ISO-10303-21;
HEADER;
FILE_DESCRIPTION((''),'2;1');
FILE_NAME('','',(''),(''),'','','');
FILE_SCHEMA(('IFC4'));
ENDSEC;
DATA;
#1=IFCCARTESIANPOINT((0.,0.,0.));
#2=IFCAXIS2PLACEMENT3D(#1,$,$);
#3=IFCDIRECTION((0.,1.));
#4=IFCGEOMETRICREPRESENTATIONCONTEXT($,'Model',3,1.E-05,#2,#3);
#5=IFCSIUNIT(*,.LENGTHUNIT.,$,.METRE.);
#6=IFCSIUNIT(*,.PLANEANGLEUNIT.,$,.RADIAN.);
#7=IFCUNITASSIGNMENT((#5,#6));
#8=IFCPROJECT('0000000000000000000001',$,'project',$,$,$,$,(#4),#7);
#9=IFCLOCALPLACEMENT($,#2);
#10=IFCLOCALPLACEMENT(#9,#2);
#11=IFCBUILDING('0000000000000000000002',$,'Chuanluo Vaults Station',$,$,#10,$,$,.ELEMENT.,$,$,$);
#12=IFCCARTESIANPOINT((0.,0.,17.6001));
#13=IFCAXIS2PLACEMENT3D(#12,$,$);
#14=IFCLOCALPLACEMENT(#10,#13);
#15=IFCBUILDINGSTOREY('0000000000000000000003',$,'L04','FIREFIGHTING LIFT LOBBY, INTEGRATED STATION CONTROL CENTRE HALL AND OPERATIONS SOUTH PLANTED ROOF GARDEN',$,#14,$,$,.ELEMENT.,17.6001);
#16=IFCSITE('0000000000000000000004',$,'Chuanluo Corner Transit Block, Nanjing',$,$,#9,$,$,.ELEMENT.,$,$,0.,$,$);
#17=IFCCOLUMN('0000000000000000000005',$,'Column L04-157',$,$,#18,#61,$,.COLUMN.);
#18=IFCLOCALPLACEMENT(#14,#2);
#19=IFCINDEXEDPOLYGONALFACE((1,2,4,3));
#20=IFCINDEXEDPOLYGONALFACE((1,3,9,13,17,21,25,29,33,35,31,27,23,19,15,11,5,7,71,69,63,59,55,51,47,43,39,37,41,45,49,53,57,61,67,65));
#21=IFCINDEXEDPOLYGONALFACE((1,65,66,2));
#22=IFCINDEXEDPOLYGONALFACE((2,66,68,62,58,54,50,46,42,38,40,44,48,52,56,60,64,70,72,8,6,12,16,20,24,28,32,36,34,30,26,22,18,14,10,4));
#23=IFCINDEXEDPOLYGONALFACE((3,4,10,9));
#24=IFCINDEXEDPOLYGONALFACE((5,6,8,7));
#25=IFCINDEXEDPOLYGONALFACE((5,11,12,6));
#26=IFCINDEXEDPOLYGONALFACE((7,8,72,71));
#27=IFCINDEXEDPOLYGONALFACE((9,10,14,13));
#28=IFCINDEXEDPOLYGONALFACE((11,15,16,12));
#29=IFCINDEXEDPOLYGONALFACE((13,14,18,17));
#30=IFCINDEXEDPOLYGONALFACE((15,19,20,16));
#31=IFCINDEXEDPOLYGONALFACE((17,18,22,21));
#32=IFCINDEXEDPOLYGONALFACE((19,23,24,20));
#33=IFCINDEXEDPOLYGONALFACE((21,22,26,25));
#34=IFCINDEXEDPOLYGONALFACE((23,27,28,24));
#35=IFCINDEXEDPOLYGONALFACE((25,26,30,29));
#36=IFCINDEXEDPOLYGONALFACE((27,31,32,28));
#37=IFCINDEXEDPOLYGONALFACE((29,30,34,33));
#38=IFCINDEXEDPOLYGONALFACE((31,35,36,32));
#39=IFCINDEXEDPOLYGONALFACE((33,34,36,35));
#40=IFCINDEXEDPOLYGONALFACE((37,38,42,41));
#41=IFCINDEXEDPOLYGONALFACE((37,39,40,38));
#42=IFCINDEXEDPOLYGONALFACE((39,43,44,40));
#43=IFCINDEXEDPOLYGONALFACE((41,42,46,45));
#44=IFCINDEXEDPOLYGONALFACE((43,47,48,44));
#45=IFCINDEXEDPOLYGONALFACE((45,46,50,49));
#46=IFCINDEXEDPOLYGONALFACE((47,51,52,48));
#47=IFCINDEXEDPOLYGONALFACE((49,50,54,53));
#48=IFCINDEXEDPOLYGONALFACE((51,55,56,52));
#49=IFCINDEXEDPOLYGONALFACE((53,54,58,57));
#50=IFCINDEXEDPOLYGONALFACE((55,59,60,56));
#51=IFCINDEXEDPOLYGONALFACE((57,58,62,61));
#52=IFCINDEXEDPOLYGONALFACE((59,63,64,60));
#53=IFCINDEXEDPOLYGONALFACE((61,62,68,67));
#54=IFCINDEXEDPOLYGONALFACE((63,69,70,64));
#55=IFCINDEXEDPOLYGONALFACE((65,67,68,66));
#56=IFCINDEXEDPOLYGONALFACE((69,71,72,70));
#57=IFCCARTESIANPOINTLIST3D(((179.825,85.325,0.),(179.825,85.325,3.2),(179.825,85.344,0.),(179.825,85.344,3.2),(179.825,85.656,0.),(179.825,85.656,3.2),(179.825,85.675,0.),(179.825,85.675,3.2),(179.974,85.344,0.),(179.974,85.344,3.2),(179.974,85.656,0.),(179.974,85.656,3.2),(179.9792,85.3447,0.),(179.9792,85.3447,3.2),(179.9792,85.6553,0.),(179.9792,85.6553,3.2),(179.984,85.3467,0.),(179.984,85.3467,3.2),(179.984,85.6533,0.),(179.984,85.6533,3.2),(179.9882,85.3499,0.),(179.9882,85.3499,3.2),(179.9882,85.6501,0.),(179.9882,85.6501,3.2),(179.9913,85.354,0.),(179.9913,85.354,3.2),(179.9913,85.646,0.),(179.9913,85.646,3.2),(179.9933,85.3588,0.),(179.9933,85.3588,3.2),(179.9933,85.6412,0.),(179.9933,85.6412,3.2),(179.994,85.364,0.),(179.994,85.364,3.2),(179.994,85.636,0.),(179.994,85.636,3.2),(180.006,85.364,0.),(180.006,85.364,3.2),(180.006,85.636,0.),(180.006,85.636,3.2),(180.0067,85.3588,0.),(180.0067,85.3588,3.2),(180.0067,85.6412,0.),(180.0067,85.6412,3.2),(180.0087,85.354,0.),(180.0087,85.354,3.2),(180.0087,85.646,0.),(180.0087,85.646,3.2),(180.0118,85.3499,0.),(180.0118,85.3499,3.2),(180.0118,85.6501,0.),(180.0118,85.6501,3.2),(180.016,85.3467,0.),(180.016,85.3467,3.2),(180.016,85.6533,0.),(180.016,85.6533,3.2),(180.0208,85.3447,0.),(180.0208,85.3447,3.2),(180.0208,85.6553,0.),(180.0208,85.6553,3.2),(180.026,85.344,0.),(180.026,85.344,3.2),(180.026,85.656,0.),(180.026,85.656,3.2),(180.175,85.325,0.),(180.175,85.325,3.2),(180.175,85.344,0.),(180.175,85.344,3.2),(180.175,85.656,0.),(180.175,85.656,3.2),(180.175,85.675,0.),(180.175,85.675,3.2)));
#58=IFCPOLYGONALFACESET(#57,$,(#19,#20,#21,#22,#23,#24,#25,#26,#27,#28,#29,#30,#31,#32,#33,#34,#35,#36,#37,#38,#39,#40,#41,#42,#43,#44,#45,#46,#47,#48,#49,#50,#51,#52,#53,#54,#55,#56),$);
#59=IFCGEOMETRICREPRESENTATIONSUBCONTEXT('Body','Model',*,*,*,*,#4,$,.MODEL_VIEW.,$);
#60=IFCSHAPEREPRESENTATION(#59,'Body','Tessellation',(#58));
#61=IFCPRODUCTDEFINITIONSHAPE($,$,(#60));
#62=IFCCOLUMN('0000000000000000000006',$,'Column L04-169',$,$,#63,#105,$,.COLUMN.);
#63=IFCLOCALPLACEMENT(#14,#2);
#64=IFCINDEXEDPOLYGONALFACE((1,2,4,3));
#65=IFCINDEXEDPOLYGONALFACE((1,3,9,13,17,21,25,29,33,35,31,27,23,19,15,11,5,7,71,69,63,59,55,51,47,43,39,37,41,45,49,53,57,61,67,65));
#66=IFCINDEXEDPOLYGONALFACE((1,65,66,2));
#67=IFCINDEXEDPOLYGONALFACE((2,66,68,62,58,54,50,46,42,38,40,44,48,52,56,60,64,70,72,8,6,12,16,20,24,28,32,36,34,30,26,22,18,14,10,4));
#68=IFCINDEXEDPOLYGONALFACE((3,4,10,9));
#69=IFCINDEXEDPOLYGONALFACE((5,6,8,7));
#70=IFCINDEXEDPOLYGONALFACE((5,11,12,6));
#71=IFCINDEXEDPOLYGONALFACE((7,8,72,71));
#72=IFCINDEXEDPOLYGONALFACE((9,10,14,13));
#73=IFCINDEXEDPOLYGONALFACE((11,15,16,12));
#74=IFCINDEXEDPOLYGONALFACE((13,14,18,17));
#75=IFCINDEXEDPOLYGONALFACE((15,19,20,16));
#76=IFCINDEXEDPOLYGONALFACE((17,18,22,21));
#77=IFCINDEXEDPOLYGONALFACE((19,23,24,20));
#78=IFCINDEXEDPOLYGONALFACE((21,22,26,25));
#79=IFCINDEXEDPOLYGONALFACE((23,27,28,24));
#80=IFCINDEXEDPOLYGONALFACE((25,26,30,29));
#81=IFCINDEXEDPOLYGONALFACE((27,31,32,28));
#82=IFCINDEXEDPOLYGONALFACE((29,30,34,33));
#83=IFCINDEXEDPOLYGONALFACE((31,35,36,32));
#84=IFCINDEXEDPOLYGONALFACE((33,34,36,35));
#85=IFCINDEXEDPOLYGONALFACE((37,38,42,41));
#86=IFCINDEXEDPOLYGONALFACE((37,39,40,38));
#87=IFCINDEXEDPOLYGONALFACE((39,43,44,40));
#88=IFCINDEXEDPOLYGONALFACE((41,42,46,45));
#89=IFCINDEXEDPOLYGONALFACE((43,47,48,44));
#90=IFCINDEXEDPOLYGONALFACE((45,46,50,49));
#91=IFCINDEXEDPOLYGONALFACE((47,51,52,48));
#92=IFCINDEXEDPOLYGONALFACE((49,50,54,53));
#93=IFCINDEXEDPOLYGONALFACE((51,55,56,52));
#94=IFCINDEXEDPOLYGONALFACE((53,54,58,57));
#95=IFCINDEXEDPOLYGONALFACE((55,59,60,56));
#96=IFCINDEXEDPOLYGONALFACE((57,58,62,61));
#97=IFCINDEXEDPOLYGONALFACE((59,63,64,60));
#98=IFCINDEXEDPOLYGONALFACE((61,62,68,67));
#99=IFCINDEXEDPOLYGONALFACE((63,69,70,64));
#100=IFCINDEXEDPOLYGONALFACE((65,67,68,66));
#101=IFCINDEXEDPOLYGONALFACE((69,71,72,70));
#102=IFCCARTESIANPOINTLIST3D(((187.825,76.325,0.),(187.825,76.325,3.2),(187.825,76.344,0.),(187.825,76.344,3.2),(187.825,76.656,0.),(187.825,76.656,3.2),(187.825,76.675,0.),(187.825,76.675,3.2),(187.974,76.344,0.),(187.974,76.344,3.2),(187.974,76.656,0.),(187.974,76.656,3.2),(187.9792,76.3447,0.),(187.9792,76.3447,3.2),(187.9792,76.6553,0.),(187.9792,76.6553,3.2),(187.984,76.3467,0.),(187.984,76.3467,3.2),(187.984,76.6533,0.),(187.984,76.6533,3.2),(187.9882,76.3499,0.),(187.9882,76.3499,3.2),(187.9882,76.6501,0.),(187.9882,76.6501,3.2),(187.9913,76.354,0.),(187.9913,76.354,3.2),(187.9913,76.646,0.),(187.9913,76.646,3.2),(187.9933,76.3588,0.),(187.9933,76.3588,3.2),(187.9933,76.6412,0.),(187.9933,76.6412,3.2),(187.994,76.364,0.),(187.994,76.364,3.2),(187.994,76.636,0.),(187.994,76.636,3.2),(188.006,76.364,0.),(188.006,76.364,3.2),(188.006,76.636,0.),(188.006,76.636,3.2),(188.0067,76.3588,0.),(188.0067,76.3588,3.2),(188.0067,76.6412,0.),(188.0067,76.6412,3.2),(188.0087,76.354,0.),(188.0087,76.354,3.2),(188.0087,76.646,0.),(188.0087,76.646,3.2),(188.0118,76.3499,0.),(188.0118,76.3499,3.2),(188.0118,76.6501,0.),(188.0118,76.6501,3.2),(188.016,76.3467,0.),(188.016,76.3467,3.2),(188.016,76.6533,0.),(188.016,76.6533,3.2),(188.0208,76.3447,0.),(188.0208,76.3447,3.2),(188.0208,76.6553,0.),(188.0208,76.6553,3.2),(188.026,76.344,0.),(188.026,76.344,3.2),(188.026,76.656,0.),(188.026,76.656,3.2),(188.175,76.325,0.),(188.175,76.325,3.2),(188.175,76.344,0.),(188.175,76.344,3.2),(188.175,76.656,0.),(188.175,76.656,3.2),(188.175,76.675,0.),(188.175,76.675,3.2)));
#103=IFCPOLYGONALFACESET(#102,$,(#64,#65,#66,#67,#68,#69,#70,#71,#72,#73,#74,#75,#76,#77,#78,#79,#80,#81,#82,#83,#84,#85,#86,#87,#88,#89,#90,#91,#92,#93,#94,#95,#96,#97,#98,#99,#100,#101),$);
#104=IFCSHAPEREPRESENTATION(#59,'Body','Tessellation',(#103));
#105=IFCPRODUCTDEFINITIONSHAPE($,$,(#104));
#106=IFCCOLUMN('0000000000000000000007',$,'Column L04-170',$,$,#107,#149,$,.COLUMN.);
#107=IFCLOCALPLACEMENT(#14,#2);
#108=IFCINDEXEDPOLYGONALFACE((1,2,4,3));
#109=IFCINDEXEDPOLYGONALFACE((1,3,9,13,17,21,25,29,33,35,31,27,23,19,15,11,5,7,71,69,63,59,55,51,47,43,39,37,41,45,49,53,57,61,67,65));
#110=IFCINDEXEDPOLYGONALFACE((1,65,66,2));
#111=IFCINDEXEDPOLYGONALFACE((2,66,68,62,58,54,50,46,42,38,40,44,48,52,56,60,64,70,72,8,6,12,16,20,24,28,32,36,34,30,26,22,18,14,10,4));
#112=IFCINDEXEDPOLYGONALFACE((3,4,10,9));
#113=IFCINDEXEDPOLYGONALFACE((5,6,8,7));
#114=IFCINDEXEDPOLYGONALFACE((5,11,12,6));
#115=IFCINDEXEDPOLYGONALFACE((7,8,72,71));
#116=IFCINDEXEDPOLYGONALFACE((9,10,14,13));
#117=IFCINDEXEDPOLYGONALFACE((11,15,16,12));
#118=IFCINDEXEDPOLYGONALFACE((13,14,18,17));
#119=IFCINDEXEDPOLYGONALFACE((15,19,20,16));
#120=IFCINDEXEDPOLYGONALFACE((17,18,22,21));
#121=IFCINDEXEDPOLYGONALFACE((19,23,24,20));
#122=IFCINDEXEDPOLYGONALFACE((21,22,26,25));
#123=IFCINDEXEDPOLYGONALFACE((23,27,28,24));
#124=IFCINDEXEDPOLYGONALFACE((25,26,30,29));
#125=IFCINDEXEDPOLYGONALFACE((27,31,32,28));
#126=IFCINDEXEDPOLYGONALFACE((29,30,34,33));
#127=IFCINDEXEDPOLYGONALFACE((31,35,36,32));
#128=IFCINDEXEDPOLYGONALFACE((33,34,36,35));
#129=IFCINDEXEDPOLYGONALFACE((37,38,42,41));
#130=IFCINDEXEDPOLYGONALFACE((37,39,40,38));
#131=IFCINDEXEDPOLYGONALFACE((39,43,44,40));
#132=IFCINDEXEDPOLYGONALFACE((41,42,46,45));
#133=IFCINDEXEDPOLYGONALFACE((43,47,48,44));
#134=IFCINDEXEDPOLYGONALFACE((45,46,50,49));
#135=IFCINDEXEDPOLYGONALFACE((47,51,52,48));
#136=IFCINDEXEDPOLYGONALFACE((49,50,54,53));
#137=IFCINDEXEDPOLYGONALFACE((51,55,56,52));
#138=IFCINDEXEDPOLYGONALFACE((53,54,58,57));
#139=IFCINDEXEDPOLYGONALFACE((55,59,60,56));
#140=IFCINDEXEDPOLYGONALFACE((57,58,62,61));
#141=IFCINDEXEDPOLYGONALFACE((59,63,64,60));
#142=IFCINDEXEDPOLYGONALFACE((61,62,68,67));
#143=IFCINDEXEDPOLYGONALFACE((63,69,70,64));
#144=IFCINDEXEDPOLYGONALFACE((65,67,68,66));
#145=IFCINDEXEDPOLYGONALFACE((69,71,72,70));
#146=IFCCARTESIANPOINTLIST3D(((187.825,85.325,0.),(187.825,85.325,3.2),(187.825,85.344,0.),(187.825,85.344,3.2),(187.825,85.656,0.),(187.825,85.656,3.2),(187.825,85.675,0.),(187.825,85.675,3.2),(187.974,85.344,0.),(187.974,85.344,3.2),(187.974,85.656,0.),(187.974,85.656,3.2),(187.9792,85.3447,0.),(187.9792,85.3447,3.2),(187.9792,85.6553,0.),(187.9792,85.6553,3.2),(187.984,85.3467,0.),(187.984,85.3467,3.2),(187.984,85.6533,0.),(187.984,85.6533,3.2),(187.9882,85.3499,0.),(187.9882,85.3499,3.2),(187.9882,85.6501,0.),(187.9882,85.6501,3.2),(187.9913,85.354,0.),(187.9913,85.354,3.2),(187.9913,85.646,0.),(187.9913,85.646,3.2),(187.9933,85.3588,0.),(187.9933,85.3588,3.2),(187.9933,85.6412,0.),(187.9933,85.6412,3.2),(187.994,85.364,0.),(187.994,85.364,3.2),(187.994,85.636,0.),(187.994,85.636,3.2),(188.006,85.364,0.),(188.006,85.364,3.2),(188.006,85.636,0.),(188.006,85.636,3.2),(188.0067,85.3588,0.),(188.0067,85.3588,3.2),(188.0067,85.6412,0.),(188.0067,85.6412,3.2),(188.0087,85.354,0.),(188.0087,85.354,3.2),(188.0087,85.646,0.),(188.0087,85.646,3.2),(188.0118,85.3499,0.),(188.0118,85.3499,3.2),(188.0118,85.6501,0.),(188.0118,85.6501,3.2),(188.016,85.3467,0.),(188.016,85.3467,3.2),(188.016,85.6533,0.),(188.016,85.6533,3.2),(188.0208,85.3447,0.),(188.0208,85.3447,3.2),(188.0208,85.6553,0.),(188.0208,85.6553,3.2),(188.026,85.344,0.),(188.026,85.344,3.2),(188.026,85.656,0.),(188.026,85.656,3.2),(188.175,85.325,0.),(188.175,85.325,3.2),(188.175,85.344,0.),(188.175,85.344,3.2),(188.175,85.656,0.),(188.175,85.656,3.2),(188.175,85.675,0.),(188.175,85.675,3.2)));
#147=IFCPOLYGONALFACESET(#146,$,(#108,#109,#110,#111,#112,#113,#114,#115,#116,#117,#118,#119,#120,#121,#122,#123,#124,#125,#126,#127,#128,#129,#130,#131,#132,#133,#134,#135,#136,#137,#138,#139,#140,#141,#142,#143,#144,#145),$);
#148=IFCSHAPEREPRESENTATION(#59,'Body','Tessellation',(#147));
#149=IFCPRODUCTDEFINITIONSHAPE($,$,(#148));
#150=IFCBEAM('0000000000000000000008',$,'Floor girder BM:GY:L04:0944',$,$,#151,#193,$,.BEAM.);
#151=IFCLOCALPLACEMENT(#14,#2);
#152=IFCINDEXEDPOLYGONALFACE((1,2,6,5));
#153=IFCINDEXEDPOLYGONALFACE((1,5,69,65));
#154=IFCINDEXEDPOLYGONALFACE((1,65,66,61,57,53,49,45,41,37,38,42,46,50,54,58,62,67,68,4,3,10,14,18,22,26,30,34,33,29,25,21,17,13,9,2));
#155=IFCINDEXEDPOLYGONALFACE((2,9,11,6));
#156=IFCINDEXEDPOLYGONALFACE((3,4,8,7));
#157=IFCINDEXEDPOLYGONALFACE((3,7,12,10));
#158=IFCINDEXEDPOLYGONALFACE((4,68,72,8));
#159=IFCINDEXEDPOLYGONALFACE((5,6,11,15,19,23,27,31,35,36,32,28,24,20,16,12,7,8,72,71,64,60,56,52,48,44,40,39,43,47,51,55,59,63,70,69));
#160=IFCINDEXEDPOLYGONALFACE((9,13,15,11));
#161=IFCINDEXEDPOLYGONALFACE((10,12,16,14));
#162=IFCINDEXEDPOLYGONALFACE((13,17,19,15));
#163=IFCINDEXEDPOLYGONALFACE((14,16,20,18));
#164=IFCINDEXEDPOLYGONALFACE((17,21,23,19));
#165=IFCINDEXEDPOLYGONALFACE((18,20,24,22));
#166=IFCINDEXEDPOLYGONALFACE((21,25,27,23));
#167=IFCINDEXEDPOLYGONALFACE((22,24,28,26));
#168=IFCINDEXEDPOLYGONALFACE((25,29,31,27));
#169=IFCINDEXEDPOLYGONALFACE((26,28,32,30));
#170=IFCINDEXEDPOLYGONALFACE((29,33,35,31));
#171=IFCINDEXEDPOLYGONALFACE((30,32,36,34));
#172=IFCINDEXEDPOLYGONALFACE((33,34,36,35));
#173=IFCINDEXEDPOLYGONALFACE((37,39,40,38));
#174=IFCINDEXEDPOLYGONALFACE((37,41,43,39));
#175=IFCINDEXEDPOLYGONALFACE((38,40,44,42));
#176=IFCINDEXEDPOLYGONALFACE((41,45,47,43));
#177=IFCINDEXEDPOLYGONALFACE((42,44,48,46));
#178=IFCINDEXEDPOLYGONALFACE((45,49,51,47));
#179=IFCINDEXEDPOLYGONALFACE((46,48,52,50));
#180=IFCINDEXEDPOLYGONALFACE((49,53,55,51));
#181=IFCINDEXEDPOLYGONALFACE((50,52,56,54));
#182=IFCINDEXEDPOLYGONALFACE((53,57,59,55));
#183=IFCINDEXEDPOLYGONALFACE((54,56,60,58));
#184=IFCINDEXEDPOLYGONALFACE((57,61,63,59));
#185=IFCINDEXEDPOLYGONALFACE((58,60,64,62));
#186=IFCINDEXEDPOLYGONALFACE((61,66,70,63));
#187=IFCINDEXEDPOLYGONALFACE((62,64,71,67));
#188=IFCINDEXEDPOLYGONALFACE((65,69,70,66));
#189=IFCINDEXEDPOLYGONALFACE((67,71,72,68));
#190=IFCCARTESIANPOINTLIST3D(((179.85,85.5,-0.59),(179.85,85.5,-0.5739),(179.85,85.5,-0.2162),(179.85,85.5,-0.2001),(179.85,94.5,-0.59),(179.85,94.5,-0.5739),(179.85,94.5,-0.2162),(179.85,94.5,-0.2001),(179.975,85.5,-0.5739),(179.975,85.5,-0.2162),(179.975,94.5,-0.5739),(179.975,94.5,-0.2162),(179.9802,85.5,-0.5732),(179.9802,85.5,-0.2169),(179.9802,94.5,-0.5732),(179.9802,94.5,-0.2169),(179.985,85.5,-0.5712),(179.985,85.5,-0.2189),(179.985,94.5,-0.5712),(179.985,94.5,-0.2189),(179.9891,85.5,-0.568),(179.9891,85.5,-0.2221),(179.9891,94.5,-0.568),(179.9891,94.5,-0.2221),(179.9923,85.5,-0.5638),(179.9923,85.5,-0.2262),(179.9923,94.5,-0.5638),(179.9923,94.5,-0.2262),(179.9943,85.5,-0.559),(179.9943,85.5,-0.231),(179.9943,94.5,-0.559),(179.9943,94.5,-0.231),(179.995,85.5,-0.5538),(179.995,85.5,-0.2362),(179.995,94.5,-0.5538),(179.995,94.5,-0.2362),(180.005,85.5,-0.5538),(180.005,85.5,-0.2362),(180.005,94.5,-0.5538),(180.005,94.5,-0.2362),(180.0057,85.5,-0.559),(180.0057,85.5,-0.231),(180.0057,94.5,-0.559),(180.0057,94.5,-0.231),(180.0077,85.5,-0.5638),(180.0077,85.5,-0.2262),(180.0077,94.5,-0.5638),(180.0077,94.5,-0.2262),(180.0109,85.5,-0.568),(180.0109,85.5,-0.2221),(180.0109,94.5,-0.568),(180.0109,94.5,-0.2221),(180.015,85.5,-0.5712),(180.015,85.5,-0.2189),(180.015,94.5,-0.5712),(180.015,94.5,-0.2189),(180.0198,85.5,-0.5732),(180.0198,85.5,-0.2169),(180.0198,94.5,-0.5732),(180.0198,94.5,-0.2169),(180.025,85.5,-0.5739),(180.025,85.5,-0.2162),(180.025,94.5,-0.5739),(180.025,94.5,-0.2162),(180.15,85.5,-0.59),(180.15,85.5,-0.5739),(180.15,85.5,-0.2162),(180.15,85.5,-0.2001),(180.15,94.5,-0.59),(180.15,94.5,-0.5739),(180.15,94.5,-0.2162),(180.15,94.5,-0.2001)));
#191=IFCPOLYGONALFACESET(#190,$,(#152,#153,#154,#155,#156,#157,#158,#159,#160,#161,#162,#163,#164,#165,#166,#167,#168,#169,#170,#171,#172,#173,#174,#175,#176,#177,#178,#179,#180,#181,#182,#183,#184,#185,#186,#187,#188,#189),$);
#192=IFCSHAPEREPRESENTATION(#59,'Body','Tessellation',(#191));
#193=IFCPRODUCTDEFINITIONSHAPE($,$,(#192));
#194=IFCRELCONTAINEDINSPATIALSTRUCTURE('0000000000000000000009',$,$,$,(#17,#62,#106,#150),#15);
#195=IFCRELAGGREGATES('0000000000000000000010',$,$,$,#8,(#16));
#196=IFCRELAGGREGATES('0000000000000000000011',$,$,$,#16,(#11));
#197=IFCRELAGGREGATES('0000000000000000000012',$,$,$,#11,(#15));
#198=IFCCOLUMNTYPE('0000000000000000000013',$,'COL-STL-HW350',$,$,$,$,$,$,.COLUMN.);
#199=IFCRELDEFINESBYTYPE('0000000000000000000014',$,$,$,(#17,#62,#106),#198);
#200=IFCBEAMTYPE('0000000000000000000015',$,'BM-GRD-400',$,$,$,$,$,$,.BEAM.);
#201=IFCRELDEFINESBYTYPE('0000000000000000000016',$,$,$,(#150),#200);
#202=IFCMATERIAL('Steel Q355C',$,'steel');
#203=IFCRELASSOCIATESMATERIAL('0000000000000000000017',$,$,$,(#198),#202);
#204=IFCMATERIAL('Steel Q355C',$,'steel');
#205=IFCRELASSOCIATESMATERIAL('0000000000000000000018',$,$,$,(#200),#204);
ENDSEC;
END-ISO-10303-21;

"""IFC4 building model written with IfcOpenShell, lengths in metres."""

from ifc_helpers import new_model, si_unit, direction, frame, origin, origin_2d, place, context, subcontext, project, spatial, i_section, extrude, material, material_profile, profile_set, type_object, element, save


model = new_model("IFC4")

# Units and contexts
model_context = context("Model", 3, precision=1e-05, world=origin(), true_north=direction((0.0, 1.0)))
body_context = subcontext(model_context, "Body", "Model", "MODEL_VIEW")
ifc_project = project(units=[si_unit("LENGTHUNIT", "METRE"), si_unit("PLANEANGLEUNIT", "RADIAN")], contexts=[model_context])

# Site, building, storey
site_placement = place(None, origin())
site = spatial("IfcSite", under=ifc_project, at=site_placement, Name="Chuanluo Corner Transit Block, Nanjing", CompositionType="ELEMENT", RefElevation=0.0)
building_placement = place(site_placement, origin())
building = spatial("IfcBuilding", under=site, at=building_placement, Name="Chuanluo Vaults Station", CompositionType="ELEMENT")
storey_placement = place(building_placement, frame((0.0, 0.0, 17.6001)))
storey = spatial("IfcBuildingStorey", under=building, at=storey_placement, Name="L04", Description="FIREFIGHTING LIFT LOBBY, INTEGRATED STATION CONTROL CENTRE HALL AND OPERATIONS SOUTH PLANTED ROOF GARDEN", CompositionType="ELEMENT", Elevation=17.6001)

# Columns
ifc_material_1 = material(Name="Steel Q355C", Category="steel")
ifc_material_profile_1 = material_profile(ifc_material_1, i_section(OverallWidth=0.3501, OverallDepth=0.3501, WebThickness=0.012, FlangeThickness=0.019, FilletRadius=0.02, at=origin_2d()))
ifc_profile_set_1 = profile_set([ifc_material_profile_1], Name="Steel Q355C")
column_type = type_object("IfcColumnType", Name="COL-STL-HW350", PredefinedType="COLUMN", material=ifc_profile_set_1)
for number, where, z_axis, x_axis, name in (
    (1, (180.0, 85.5, 0.0), (0.0, 0.0, 1.0), (1.0, 0.0, 0.0), "Column L04-157"),
    (2, (188.0, 76.5, 0.0), (0.0, 0.0, 1.0), (1.0, 0.0, 0.0), "Column L04-169"),
    (3, (188.0, 85.5, 0.0), (0.0, 0.0, 1.0), (1.0, 0.0, 0.0), "Column L04-170"),
):
    element("IfcColumn", number, at=place(storey_placement, frame(where, z_axis=z_axis, x_axis=x_axis)), inside=storey, type_object=column_type, Name=name, PredefinedType="COLUMN", context=body_context, shape_type="SweptSolid", body=[
        extrude(i_section(OverallWidth=0.3501, OverallDepth=0.3501, WebThickness=0.012, FlangeThickness=0.019, FilletRadius=0.02, at=origin_2d()), origin(), (0.0, 0.0, 1.0), 3.2),
    ])

# Beam
ifc_material_2 = material(Name="Steel Q355C", Category="steel")
ifc_material_profile_2 = material_profile(ifc_material_2, i_section(OverallWidth=0.3, OverallDepth=0.3899, WebThickness=0.01, FlangeThickness=0.0161, FilletRadius=0.02, at=origin_2d()))
ifc_profile_set_2 = profile_set([ifc_material_profile_2], Name="Steel Q355C")
beam_type_1 = type_object("IfcBeamType", Name="BM-GRD-400", PredefinedType="BEAM", material=ifc_profile_set_2)
beam_1_placement = place(storey_placement, frame((180.0, 85.5, -0.395), z_axis=(0.0, 1.0, 0.0), x_axis=(-1.0, 0.0, 0.0)))
element("IfcBeam", 4, at=beam_1_placement, inside=storey, type_object=beam_type_1, Name="Floor girder BM:GY:L04:0944", PredefinedType="BEAM", context=body_context, shape_type="SweptSolid", body=[
    extrude(i_section(OverallWidth=0.3, OverallDepth=0.3899, WebThickness=0.01, FlangeThickness=0.0161, FilletRadius=0.02, at=origin_2d()), origin(), (0.0, 0.0, 1.0), 9.0),
])

save(model, "model.ifc")
